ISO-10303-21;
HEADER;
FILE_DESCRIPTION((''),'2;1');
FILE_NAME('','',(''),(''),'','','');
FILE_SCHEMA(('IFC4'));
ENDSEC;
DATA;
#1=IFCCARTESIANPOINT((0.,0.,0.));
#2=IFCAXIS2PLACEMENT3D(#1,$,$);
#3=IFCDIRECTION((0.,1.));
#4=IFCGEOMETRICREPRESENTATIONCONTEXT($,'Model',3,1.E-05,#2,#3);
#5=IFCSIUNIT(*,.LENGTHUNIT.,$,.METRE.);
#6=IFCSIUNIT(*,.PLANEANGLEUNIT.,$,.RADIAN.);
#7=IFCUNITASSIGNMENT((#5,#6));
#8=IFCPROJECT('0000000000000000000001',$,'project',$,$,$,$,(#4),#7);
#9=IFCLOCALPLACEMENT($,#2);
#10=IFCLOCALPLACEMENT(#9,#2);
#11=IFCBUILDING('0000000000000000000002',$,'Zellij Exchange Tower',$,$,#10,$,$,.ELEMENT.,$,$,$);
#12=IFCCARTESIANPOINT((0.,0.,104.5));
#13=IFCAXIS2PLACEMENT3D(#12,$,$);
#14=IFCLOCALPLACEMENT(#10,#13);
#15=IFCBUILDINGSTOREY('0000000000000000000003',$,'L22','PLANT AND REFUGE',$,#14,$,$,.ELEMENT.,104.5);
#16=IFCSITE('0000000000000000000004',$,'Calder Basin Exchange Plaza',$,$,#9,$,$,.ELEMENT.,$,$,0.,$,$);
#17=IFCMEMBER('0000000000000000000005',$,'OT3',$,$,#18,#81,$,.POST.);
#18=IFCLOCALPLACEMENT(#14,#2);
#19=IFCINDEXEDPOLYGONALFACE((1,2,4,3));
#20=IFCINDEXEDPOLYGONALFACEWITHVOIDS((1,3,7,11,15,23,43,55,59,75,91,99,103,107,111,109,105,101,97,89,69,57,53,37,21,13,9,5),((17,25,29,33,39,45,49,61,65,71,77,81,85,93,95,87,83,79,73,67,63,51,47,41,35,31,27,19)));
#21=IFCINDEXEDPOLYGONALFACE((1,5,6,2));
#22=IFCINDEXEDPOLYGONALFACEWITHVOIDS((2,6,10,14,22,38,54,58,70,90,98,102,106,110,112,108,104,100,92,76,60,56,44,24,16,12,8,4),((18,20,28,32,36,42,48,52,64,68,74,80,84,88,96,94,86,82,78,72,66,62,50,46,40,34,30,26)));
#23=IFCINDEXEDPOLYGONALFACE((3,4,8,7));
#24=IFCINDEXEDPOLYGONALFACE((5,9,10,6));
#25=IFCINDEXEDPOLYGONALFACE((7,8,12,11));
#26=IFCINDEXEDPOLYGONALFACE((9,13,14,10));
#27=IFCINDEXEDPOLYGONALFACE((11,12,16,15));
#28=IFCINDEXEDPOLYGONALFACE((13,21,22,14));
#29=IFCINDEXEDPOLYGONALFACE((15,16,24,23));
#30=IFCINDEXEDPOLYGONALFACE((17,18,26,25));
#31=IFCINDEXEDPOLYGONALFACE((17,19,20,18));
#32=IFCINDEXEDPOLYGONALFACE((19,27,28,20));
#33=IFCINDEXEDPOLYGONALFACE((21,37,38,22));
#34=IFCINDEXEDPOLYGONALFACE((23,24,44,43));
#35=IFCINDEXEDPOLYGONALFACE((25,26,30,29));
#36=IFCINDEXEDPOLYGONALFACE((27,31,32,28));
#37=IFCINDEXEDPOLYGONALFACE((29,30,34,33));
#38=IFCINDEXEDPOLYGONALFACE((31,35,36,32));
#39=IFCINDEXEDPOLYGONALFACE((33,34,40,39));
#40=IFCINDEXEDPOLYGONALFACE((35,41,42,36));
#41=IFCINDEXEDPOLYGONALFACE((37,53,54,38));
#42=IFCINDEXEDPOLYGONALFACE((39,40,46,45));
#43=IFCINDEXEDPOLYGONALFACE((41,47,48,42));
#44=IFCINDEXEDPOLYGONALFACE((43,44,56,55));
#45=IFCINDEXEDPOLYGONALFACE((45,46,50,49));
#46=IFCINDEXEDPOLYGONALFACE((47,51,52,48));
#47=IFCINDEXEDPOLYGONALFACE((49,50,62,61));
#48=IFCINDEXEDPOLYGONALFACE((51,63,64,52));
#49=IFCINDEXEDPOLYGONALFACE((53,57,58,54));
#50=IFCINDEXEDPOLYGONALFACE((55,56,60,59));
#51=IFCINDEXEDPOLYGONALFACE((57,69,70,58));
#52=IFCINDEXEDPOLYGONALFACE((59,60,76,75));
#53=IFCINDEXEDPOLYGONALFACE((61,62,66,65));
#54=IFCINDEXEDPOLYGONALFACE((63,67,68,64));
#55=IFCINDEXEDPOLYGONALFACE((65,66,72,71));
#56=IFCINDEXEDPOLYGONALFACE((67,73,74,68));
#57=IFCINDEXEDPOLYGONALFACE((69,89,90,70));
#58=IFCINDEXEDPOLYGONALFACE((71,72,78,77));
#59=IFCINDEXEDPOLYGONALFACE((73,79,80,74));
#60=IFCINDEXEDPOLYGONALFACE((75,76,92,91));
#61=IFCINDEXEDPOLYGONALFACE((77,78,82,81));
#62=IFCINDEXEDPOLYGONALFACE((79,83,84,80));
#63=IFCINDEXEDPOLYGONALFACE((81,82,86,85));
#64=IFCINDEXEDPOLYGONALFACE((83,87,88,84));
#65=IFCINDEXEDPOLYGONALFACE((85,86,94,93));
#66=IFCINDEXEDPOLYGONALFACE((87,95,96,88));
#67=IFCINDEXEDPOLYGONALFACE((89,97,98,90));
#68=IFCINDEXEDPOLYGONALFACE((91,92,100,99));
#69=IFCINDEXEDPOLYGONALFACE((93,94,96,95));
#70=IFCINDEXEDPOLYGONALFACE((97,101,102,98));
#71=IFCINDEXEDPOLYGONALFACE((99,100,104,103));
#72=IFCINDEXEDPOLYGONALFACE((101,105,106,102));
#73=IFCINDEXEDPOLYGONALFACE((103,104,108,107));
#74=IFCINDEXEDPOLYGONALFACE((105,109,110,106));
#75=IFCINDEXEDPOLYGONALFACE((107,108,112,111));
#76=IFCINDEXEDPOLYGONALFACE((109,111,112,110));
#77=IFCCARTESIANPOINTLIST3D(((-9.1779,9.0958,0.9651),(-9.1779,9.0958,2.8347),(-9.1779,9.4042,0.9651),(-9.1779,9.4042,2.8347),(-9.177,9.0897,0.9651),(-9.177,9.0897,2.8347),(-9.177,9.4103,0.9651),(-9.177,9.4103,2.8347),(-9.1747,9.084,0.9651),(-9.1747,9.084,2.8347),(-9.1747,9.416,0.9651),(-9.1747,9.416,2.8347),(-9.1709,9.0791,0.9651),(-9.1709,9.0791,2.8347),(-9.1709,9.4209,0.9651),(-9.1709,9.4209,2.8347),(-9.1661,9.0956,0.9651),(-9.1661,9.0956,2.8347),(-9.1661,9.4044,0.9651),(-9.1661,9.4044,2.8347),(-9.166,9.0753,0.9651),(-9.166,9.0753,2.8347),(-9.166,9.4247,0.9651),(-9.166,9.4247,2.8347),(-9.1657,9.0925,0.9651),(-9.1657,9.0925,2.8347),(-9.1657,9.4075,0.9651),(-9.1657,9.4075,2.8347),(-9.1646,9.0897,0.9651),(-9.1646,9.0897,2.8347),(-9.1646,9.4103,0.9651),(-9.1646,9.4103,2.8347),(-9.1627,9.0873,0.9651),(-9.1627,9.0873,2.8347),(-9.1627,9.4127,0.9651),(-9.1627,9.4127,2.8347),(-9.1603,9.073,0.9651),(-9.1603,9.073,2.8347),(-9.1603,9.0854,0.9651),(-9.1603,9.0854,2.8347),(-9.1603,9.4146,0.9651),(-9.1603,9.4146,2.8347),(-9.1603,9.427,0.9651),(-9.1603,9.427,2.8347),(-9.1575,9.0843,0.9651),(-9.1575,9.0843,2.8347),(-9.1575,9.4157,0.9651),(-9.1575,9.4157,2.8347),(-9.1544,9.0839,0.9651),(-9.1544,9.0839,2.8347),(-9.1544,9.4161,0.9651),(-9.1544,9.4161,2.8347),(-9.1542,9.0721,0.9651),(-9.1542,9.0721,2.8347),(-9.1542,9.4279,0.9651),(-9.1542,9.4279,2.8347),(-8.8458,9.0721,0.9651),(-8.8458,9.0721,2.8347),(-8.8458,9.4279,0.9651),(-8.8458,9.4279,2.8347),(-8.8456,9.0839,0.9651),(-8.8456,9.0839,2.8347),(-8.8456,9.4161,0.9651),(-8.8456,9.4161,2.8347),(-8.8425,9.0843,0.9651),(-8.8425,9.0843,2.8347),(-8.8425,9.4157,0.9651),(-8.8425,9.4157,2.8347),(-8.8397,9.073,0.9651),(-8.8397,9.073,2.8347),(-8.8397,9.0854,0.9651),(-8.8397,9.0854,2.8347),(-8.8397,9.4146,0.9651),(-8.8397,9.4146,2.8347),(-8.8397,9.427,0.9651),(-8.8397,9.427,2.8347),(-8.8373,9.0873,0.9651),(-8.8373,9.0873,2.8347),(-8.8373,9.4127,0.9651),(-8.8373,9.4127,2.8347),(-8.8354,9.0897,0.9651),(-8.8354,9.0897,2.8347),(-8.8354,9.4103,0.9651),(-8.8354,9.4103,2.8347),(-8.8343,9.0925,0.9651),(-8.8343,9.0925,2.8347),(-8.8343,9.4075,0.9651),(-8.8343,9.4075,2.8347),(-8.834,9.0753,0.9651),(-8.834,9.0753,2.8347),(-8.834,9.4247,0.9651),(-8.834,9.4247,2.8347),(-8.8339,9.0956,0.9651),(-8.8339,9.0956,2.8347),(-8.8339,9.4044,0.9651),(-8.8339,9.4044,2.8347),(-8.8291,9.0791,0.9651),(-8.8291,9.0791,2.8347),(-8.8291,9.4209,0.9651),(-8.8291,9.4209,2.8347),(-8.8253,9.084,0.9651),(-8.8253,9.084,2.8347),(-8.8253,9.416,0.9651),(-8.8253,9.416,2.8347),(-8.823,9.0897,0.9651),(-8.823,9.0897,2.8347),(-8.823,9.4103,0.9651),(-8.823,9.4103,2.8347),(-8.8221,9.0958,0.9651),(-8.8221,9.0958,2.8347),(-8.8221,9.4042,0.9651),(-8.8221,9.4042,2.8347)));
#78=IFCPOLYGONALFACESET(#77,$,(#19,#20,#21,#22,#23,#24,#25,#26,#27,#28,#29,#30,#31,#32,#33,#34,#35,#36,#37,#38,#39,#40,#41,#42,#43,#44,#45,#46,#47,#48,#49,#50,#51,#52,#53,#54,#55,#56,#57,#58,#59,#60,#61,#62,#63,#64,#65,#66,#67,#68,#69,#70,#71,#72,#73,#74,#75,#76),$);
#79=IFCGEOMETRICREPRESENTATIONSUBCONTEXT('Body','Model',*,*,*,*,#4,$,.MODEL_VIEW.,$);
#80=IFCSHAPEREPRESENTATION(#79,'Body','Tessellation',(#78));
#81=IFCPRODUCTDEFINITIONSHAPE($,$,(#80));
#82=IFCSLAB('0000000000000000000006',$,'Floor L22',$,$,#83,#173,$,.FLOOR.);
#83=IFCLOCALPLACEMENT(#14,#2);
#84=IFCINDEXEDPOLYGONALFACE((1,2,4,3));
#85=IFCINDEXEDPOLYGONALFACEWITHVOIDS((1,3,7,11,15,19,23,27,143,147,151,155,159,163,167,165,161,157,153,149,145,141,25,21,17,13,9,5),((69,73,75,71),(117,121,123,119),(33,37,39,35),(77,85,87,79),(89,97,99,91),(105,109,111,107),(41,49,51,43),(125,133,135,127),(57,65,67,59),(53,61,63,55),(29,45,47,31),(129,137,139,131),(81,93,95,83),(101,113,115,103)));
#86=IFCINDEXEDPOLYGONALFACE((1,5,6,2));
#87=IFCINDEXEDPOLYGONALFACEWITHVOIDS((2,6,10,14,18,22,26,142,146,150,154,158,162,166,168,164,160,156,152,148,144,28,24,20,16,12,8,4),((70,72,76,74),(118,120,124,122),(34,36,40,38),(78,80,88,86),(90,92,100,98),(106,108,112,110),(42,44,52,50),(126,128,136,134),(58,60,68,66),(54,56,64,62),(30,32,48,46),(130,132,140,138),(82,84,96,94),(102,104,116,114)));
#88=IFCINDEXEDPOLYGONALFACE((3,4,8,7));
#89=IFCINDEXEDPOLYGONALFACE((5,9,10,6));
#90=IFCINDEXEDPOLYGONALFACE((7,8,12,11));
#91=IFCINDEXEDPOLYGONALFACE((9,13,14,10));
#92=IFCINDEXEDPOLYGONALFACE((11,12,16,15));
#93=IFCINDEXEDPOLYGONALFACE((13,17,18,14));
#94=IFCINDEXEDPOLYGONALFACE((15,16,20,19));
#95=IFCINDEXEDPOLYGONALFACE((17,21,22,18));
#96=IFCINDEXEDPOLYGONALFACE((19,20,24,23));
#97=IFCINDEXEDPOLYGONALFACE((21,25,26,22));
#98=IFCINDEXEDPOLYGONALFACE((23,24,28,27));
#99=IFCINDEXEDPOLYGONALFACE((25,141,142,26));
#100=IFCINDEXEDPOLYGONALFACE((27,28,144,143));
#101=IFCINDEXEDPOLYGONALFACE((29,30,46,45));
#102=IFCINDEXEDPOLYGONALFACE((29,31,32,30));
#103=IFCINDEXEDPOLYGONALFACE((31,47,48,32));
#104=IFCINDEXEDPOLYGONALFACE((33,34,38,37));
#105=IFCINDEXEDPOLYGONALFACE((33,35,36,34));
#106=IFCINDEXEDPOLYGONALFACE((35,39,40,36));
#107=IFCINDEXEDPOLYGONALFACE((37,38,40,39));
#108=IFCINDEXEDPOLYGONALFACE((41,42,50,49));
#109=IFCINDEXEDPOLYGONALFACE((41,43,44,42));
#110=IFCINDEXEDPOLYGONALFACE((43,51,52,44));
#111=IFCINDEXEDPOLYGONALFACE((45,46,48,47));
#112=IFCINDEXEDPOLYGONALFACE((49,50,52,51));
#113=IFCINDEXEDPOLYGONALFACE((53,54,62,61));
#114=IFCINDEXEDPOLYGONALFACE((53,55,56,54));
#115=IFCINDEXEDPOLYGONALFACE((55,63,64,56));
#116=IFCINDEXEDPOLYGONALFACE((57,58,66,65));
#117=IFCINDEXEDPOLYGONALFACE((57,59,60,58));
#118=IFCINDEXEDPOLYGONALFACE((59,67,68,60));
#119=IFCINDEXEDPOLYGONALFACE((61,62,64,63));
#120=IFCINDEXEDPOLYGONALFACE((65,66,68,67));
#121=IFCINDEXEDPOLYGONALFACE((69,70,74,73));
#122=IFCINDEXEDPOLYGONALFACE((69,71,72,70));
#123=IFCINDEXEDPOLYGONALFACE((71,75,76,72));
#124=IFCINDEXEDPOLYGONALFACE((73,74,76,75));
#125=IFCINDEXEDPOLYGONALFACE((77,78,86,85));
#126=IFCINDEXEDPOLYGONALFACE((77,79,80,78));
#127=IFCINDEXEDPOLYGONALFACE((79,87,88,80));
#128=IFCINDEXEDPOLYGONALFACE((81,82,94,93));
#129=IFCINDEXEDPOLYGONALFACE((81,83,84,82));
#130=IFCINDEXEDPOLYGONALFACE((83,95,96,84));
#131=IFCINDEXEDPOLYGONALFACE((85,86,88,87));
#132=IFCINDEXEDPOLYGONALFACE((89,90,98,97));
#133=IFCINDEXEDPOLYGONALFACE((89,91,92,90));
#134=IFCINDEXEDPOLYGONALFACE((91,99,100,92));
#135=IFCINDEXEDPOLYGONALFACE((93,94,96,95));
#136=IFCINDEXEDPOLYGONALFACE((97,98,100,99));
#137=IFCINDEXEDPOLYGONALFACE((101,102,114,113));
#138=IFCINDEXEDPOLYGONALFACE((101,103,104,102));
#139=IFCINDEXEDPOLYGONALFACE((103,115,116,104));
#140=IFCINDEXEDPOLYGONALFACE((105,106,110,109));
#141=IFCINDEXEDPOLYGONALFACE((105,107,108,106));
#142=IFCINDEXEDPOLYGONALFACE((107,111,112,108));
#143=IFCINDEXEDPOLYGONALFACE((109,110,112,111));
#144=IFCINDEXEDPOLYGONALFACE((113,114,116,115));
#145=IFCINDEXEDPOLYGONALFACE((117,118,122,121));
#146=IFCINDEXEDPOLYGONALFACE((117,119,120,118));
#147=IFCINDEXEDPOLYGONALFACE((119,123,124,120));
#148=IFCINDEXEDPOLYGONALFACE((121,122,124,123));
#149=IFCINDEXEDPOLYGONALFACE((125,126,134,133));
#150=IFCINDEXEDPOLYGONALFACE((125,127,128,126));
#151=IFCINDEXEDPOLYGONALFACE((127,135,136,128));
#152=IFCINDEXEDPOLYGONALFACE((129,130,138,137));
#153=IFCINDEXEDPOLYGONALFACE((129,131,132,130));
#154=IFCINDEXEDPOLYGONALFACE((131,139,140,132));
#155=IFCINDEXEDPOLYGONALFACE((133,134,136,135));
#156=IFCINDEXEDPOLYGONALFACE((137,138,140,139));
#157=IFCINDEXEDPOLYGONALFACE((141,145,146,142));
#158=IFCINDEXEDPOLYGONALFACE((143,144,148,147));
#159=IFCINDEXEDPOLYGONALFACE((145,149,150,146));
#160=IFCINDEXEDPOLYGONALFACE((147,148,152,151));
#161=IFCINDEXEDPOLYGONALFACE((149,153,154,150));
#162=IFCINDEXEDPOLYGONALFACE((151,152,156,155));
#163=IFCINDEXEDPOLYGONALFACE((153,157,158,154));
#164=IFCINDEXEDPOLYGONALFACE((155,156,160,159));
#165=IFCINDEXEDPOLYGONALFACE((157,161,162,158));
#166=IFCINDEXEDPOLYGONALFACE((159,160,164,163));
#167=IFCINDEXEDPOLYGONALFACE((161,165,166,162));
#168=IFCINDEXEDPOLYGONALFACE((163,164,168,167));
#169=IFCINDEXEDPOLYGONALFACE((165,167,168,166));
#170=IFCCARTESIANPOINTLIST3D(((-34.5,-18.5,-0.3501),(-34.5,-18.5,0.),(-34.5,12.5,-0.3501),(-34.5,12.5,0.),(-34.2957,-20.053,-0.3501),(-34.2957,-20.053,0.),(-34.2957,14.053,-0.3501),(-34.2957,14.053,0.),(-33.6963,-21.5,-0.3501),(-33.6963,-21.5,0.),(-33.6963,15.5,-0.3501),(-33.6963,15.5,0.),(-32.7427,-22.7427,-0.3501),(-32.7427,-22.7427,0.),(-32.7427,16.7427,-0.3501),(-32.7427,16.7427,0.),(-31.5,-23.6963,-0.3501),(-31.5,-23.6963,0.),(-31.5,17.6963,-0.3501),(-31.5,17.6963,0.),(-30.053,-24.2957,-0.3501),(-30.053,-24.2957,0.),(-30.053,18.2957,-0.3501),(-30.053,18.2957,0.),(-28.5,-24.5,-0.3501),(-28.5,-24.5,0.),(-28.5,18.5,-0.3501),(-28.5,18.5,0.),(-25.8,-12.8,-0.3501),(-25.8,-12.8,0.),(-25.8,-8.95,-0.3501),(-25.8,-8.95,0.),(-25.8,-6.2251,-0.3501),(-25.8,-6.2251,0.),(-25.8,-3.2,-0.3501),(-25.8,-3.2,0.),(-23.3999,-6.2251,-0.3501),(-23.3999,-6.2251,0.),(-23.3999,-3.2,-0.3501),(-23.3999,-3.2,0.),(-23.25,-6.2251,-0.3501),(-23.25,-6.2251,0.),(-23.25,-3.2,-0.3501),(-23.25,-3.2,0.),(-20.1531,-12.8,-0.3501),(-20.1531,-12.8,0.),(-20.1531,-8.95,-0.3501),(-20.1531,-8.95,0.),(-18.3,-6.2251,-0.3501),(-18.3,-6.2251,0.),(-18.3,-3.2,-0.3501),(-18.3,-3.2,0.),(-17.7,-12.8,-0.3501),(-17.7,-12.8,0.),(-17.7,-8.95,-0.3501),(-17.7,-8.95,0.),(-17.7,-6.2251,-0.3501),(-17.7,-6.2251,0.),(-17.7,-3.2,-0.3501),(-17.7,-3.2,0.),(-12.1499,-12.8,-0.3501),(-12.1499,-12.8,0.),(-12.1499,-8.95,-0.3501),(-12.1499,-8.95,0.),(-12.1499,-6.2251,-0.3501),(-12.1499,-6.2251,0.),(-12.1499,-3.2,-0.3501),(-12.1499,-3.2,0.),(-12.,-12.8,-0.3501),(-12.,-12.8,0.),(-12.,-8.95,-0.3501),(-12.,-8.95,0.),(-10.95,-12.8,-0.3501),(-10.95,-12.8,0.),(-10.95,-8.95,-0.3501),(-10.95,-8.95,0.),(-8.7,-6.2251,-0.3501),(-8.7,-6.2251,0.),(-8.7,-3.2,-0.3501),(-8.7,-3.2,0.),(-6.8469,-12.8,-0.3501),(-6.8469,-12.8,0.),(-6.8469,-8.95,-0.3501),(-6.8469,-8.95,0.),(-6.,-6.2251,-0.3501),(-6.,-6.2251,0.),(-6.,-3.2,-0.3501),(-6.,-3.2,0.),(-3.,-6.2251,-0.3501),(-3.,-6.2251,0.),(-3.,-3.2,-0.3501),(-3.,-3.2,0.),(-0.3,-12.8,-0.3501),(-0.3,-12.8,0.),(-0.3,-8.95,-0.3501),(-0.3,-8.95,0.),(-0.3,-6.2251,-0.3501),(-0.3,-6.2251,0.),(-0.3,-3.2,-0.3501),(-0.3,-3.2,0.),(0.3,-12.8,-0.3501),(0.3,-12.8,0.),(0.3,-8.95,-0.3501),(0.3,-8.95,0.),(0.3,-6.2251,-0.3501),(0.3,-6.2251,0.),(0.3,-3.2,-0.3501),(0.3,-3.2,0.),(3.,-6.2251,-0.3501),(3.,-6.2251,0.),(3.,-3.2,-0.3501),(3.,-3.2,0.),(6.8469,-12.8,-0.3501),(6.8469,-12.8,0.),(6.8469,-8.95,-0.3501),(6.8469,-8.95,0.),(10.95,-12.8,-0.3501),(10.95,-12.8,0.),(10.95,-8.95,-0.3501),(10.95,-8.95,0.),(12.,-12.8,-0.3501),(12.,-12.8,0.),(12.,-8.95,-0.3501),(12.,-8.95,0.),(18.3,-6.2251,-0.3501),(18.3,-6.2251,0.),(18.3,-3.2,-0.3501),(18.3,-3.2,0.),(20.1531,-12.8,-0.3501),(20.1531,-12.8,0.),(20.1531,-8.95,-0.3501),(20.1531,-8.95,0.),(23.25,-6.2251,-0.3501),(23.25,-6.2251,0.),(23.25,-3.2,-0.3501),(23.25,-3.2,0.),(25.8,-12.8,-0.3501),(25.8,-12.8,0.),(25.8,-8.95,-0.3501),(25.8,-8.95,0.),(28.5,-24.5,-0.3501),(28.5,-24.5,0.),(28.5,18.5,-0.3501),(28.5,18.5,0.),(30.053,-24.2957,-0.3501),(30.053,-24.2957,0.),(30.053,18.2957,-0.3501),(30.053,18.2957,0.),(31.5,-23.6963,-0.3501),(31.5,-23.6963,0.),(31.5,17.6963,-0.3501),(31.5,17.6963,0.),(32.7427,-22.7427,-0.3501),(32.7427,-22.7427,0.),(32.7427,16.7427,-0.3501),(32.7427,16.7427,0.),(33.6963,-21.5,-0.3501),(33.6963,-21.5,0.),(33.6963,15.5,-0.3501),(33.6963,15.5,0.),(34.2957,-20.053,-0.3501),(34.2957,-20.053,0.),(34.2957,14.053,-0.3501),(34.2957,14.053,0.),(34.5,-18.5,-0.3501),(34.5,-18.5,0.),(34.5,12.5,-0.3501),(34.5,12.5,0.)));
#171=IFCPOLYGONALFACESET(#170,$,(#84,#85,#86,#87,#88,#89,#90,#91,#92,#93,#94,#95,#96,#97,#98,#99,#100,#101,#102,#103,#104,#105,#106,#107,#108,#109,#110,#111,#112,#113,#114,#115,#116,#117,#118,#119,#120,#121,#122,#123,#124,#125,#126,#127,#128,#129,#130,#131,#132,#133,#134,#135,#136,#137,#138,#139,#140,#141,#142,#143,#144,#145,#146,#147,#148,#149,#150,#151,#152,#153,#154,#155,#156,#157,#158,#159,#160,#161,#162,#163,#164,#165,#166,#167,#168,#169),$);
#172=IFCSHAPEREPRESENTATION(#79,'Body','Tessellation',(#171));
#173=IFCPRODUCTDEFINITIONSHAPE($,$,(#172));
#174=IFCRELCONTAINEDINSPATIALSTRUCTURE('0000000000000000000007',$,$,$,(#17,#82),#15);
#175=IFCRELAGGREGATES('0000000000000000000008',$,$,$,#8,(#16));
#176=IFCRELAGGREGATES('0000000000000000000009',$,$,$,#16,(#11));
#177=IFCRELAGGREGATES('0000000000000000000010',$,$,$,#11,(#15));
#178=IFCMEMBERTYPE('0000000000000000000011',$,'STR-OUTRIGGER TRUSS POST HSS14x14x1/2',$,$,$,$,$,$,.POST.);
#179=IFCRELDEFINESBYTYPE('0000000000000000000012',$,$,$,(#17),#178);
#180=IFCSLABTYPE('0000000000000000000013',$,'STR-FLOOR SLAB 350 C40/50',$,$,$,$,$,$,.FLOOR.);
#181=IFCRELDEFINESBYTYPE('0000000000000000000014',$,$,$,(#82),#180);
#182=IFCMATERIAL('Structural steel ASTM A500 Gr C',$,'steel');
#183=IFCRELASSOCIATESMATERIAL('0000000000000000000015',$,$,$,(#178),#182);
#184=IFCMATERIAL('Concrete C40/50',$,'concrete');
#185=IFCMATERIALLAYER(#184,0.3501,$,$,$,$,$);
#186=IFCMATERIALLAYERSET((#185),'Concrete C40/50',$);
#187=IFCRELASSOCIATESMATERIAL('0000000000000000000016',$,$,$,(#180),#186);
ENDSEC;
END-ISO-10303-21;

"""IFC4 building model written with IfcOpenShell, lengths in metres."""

from ifc_helpers import new_model, si_unit, direction, frame, origin, origin_2d, place, context, subcontext, project, spatial, polyline, hollow_rectangle, outline, extrude, material, layer, layer_set, material_profile, profile_set, type_object, element, save


model = new_model("IFC4")

# Units and contexts
model_context = context("Model", 3, precision=1e-05, world=origin(), true_north=direction((0.0, 1.0)))
body_context = subcontext(model_context, "Body", "Model", "MODEL_VIEW")
ifc_project = project(units=[si_unit("LENGTHUNIT", "METRE"), si_unit("PLANEANGLEUNIT", "RADIAN")], contexts=[model_context])

# Site, building, storey
site_placement = place(None, origin())
site = spatial("IfcSite", under=ifc_project, at=site_placement, Name="Calder Basin Exchange Plaza", CompositionType="ELEMENT", RefElevation=0.0)
building_placement = place(site_placement, origin())
building = spatial("IfcBuilding", under=site, at=building_placement, Name="Zellij Exchange Tower", CompositionType="ELEMENT")
storey_placement = place(building_placement, frame((0.0, 0.0, 104.5)))
storey = spatial("IfcBuildingStorey", under=building, at=storey_placement, Name="L22", Description="PLANT AND REFUGE", CompositionType="ELEMENT", Elevation=104.5)

# Member
ifc_material_1 = material(Name="Structural steel ASTM A500 Gr C", Category="steel")
ifc_material_profile_1 = material_profile(ifc_material_1, hollow_rectangle(XDim=0.3557, YDim=0.3557, WallThickness=0.0117, InnerFilletRadius=0.0117, OuterFilletRadius=0.0237, at=origin_2d()), Name="STR-OUTRIGGER TRUSS POST HSS14x14x1/2")
ifc_profile_set_1 = profile_set([ifc_material_profile_1], Name="Structural steel ASTM A500 Gr C")
member_type_1 = type_object("IfcMemberType", Name="STR-OUTRIGGER TRUSS POST HSS14x14x1/2", PredefinedType="POST", material=ifc_profile_set_1)
for number, where, z_axis, x_axis, name in (
    (1, (-9.0, 9.25, 0.9651), (0.0, 0.0, 1.0), (1.0, 0.0, 0.0), "OT3"),
):
    element("IfcMember", number, at=place(storey_placement, frame(where, z_axis=z_axis, x_axis=x_axis)), inside=storey, type_object=member_type_1, Name=name, PredefinedType="POST", context=body_context, shape_type="SweptSolid", body=[
        extrude(hollow_rectangle(XDim=0.3557, YDim=0.3557, WallThickness=0.0117, InnerFilletRadius=0.0117, OuterFilletRadius=0.0237, at=origin_2d()), origin(), (0.0, 0.0, 1.0), 1.8696),
    ])

# Slab
ifc_material_2 = material(Name="Concrete C40/50", Category="concrete")
ifc_layer_1 = layer(ifc_material_2, 0.3501)
ifc_layer_set_1 = layer_set([ifc_layer_1], Name="Concrete C40/50")
slab_type = type_object("IfcSlabType", Name="STR-FLOOR SLAB 350 C40/50", PredefinedType="FLOOR", material=ifc_layer_set_1)
slab_placement = place(storey_placement, frame((0.0, 0.0, -0.3501)))
element("IfcSlab", 2, at=slab_placement, inside=storey, type_object=slab_type, Name="Floor L22", PredefinedType="FLOOR", context=body_context, shape_type="SweptSolid", body=[
    extrude(outline(polyline([(-28.5, -24.5), (-30.053, -24.2957), (-31.5, -23.6963), (-32.7427, -22.7427), (-33.6963, -21.5), (-34.2957, -20.053), (-34.5, -18.5), (-34.5, 12.5), (-34.2957, 14.053), (-33.6963, 15.5), (-32.7427, 16.7427), (-31.5, 17.6963), (-30.053, 18.2957), (-28.5, 18.5), (28.5, 18.5), (30.053, 18.2957), (31.5, 17.6963), (32.7427, 16.7427), (33.6963, 15.5), (34.2957, 14.053), (34.5, 12.5), (34.5, -18.5), (34.2957, -20.053), (33.6963, -21.5), (32.7427, -22.7427), (31.5, -23.6963), (30.053, -24.2957), (28.5, -24.5), (-28.5, -24.5)]), holes=[polyline([(-25.8, -8.95), (-25.8, -12.8), (-20.1531, -12.8), (-20.1531, -8.95), (-25.8, -8.95)]), polyline([(-12.1499, -8.95), (-17.7, -8.95), (-17.7, -12.8), (-12.1499, -12.8), (-12.1499, -8.95)]), polyline([(-10.95, -8.95), (-12.0, -8.95), (-12.0, -12.8), (-10.95, -12.8), (-10.95, -8.95)]), polyline([(-23.3999, -3.2), (-25.8, -3.2), (-25.8, -6.2251), (-23.3999, -6.2251), (-23.3999, -3.2)]), polyline([(-18.3, -3.2), (-23.25, -3.2), (-23.25, -6.2251), (-18.3, -6.2251), (-18.3, -3.2)]), polyline([(-12.1499, -3.2), (-17.7, -3.2), (-17.7, -6.2251), (-12.1499, -6.2251), (-12.1499, -3.2)]), polyline([(-6.0, -3.2), (-8.7, -3.2), (-8.7, -6.2251), (-6.0, -6.2251), (-6.0, -3.2)]), polyline([(-6.8469, -8.95), (-6.8469, -12.8), (-0.3, -12.8), (-0.3, -8.95), (-6.8469, -8.95)]), polyline([(6.8469, -8.95), (0.3, -8.95), (0.3, -12.8), (6.8469, -12.8), (6.8469, -8.95)]), polyline([(12.0, -8.95), (10.95, -8.95), (10.95, -12.8), (12.0, -12.8), (12.0, -8.95)]), polyline([(25.8, -8.95), (20.1531, -8.95), (20.1531, -12.8), (25.8, -12.8), (25.8, -8.95)]), polyline([(-0.3, -3.2), (-3.0, -3.2), (-3.0, -6.2251), (-0.3, -6.2251), (-0.3, -3.2)]), polyline([(3.0, -3.2), (0.3, -3.2), (0.3, -6.2251), (3.0, -6.2251), (3.0, -3.2)]), polyline([(23.25, -3.2), (18.3, -3.2), (18.3, -6.2251), (23.25, -6.2251), (23.25, -3.2)])]), origin(), (0.0, 0.0, 1.0), 0.3501),
])

save(model, "model.ifc")
